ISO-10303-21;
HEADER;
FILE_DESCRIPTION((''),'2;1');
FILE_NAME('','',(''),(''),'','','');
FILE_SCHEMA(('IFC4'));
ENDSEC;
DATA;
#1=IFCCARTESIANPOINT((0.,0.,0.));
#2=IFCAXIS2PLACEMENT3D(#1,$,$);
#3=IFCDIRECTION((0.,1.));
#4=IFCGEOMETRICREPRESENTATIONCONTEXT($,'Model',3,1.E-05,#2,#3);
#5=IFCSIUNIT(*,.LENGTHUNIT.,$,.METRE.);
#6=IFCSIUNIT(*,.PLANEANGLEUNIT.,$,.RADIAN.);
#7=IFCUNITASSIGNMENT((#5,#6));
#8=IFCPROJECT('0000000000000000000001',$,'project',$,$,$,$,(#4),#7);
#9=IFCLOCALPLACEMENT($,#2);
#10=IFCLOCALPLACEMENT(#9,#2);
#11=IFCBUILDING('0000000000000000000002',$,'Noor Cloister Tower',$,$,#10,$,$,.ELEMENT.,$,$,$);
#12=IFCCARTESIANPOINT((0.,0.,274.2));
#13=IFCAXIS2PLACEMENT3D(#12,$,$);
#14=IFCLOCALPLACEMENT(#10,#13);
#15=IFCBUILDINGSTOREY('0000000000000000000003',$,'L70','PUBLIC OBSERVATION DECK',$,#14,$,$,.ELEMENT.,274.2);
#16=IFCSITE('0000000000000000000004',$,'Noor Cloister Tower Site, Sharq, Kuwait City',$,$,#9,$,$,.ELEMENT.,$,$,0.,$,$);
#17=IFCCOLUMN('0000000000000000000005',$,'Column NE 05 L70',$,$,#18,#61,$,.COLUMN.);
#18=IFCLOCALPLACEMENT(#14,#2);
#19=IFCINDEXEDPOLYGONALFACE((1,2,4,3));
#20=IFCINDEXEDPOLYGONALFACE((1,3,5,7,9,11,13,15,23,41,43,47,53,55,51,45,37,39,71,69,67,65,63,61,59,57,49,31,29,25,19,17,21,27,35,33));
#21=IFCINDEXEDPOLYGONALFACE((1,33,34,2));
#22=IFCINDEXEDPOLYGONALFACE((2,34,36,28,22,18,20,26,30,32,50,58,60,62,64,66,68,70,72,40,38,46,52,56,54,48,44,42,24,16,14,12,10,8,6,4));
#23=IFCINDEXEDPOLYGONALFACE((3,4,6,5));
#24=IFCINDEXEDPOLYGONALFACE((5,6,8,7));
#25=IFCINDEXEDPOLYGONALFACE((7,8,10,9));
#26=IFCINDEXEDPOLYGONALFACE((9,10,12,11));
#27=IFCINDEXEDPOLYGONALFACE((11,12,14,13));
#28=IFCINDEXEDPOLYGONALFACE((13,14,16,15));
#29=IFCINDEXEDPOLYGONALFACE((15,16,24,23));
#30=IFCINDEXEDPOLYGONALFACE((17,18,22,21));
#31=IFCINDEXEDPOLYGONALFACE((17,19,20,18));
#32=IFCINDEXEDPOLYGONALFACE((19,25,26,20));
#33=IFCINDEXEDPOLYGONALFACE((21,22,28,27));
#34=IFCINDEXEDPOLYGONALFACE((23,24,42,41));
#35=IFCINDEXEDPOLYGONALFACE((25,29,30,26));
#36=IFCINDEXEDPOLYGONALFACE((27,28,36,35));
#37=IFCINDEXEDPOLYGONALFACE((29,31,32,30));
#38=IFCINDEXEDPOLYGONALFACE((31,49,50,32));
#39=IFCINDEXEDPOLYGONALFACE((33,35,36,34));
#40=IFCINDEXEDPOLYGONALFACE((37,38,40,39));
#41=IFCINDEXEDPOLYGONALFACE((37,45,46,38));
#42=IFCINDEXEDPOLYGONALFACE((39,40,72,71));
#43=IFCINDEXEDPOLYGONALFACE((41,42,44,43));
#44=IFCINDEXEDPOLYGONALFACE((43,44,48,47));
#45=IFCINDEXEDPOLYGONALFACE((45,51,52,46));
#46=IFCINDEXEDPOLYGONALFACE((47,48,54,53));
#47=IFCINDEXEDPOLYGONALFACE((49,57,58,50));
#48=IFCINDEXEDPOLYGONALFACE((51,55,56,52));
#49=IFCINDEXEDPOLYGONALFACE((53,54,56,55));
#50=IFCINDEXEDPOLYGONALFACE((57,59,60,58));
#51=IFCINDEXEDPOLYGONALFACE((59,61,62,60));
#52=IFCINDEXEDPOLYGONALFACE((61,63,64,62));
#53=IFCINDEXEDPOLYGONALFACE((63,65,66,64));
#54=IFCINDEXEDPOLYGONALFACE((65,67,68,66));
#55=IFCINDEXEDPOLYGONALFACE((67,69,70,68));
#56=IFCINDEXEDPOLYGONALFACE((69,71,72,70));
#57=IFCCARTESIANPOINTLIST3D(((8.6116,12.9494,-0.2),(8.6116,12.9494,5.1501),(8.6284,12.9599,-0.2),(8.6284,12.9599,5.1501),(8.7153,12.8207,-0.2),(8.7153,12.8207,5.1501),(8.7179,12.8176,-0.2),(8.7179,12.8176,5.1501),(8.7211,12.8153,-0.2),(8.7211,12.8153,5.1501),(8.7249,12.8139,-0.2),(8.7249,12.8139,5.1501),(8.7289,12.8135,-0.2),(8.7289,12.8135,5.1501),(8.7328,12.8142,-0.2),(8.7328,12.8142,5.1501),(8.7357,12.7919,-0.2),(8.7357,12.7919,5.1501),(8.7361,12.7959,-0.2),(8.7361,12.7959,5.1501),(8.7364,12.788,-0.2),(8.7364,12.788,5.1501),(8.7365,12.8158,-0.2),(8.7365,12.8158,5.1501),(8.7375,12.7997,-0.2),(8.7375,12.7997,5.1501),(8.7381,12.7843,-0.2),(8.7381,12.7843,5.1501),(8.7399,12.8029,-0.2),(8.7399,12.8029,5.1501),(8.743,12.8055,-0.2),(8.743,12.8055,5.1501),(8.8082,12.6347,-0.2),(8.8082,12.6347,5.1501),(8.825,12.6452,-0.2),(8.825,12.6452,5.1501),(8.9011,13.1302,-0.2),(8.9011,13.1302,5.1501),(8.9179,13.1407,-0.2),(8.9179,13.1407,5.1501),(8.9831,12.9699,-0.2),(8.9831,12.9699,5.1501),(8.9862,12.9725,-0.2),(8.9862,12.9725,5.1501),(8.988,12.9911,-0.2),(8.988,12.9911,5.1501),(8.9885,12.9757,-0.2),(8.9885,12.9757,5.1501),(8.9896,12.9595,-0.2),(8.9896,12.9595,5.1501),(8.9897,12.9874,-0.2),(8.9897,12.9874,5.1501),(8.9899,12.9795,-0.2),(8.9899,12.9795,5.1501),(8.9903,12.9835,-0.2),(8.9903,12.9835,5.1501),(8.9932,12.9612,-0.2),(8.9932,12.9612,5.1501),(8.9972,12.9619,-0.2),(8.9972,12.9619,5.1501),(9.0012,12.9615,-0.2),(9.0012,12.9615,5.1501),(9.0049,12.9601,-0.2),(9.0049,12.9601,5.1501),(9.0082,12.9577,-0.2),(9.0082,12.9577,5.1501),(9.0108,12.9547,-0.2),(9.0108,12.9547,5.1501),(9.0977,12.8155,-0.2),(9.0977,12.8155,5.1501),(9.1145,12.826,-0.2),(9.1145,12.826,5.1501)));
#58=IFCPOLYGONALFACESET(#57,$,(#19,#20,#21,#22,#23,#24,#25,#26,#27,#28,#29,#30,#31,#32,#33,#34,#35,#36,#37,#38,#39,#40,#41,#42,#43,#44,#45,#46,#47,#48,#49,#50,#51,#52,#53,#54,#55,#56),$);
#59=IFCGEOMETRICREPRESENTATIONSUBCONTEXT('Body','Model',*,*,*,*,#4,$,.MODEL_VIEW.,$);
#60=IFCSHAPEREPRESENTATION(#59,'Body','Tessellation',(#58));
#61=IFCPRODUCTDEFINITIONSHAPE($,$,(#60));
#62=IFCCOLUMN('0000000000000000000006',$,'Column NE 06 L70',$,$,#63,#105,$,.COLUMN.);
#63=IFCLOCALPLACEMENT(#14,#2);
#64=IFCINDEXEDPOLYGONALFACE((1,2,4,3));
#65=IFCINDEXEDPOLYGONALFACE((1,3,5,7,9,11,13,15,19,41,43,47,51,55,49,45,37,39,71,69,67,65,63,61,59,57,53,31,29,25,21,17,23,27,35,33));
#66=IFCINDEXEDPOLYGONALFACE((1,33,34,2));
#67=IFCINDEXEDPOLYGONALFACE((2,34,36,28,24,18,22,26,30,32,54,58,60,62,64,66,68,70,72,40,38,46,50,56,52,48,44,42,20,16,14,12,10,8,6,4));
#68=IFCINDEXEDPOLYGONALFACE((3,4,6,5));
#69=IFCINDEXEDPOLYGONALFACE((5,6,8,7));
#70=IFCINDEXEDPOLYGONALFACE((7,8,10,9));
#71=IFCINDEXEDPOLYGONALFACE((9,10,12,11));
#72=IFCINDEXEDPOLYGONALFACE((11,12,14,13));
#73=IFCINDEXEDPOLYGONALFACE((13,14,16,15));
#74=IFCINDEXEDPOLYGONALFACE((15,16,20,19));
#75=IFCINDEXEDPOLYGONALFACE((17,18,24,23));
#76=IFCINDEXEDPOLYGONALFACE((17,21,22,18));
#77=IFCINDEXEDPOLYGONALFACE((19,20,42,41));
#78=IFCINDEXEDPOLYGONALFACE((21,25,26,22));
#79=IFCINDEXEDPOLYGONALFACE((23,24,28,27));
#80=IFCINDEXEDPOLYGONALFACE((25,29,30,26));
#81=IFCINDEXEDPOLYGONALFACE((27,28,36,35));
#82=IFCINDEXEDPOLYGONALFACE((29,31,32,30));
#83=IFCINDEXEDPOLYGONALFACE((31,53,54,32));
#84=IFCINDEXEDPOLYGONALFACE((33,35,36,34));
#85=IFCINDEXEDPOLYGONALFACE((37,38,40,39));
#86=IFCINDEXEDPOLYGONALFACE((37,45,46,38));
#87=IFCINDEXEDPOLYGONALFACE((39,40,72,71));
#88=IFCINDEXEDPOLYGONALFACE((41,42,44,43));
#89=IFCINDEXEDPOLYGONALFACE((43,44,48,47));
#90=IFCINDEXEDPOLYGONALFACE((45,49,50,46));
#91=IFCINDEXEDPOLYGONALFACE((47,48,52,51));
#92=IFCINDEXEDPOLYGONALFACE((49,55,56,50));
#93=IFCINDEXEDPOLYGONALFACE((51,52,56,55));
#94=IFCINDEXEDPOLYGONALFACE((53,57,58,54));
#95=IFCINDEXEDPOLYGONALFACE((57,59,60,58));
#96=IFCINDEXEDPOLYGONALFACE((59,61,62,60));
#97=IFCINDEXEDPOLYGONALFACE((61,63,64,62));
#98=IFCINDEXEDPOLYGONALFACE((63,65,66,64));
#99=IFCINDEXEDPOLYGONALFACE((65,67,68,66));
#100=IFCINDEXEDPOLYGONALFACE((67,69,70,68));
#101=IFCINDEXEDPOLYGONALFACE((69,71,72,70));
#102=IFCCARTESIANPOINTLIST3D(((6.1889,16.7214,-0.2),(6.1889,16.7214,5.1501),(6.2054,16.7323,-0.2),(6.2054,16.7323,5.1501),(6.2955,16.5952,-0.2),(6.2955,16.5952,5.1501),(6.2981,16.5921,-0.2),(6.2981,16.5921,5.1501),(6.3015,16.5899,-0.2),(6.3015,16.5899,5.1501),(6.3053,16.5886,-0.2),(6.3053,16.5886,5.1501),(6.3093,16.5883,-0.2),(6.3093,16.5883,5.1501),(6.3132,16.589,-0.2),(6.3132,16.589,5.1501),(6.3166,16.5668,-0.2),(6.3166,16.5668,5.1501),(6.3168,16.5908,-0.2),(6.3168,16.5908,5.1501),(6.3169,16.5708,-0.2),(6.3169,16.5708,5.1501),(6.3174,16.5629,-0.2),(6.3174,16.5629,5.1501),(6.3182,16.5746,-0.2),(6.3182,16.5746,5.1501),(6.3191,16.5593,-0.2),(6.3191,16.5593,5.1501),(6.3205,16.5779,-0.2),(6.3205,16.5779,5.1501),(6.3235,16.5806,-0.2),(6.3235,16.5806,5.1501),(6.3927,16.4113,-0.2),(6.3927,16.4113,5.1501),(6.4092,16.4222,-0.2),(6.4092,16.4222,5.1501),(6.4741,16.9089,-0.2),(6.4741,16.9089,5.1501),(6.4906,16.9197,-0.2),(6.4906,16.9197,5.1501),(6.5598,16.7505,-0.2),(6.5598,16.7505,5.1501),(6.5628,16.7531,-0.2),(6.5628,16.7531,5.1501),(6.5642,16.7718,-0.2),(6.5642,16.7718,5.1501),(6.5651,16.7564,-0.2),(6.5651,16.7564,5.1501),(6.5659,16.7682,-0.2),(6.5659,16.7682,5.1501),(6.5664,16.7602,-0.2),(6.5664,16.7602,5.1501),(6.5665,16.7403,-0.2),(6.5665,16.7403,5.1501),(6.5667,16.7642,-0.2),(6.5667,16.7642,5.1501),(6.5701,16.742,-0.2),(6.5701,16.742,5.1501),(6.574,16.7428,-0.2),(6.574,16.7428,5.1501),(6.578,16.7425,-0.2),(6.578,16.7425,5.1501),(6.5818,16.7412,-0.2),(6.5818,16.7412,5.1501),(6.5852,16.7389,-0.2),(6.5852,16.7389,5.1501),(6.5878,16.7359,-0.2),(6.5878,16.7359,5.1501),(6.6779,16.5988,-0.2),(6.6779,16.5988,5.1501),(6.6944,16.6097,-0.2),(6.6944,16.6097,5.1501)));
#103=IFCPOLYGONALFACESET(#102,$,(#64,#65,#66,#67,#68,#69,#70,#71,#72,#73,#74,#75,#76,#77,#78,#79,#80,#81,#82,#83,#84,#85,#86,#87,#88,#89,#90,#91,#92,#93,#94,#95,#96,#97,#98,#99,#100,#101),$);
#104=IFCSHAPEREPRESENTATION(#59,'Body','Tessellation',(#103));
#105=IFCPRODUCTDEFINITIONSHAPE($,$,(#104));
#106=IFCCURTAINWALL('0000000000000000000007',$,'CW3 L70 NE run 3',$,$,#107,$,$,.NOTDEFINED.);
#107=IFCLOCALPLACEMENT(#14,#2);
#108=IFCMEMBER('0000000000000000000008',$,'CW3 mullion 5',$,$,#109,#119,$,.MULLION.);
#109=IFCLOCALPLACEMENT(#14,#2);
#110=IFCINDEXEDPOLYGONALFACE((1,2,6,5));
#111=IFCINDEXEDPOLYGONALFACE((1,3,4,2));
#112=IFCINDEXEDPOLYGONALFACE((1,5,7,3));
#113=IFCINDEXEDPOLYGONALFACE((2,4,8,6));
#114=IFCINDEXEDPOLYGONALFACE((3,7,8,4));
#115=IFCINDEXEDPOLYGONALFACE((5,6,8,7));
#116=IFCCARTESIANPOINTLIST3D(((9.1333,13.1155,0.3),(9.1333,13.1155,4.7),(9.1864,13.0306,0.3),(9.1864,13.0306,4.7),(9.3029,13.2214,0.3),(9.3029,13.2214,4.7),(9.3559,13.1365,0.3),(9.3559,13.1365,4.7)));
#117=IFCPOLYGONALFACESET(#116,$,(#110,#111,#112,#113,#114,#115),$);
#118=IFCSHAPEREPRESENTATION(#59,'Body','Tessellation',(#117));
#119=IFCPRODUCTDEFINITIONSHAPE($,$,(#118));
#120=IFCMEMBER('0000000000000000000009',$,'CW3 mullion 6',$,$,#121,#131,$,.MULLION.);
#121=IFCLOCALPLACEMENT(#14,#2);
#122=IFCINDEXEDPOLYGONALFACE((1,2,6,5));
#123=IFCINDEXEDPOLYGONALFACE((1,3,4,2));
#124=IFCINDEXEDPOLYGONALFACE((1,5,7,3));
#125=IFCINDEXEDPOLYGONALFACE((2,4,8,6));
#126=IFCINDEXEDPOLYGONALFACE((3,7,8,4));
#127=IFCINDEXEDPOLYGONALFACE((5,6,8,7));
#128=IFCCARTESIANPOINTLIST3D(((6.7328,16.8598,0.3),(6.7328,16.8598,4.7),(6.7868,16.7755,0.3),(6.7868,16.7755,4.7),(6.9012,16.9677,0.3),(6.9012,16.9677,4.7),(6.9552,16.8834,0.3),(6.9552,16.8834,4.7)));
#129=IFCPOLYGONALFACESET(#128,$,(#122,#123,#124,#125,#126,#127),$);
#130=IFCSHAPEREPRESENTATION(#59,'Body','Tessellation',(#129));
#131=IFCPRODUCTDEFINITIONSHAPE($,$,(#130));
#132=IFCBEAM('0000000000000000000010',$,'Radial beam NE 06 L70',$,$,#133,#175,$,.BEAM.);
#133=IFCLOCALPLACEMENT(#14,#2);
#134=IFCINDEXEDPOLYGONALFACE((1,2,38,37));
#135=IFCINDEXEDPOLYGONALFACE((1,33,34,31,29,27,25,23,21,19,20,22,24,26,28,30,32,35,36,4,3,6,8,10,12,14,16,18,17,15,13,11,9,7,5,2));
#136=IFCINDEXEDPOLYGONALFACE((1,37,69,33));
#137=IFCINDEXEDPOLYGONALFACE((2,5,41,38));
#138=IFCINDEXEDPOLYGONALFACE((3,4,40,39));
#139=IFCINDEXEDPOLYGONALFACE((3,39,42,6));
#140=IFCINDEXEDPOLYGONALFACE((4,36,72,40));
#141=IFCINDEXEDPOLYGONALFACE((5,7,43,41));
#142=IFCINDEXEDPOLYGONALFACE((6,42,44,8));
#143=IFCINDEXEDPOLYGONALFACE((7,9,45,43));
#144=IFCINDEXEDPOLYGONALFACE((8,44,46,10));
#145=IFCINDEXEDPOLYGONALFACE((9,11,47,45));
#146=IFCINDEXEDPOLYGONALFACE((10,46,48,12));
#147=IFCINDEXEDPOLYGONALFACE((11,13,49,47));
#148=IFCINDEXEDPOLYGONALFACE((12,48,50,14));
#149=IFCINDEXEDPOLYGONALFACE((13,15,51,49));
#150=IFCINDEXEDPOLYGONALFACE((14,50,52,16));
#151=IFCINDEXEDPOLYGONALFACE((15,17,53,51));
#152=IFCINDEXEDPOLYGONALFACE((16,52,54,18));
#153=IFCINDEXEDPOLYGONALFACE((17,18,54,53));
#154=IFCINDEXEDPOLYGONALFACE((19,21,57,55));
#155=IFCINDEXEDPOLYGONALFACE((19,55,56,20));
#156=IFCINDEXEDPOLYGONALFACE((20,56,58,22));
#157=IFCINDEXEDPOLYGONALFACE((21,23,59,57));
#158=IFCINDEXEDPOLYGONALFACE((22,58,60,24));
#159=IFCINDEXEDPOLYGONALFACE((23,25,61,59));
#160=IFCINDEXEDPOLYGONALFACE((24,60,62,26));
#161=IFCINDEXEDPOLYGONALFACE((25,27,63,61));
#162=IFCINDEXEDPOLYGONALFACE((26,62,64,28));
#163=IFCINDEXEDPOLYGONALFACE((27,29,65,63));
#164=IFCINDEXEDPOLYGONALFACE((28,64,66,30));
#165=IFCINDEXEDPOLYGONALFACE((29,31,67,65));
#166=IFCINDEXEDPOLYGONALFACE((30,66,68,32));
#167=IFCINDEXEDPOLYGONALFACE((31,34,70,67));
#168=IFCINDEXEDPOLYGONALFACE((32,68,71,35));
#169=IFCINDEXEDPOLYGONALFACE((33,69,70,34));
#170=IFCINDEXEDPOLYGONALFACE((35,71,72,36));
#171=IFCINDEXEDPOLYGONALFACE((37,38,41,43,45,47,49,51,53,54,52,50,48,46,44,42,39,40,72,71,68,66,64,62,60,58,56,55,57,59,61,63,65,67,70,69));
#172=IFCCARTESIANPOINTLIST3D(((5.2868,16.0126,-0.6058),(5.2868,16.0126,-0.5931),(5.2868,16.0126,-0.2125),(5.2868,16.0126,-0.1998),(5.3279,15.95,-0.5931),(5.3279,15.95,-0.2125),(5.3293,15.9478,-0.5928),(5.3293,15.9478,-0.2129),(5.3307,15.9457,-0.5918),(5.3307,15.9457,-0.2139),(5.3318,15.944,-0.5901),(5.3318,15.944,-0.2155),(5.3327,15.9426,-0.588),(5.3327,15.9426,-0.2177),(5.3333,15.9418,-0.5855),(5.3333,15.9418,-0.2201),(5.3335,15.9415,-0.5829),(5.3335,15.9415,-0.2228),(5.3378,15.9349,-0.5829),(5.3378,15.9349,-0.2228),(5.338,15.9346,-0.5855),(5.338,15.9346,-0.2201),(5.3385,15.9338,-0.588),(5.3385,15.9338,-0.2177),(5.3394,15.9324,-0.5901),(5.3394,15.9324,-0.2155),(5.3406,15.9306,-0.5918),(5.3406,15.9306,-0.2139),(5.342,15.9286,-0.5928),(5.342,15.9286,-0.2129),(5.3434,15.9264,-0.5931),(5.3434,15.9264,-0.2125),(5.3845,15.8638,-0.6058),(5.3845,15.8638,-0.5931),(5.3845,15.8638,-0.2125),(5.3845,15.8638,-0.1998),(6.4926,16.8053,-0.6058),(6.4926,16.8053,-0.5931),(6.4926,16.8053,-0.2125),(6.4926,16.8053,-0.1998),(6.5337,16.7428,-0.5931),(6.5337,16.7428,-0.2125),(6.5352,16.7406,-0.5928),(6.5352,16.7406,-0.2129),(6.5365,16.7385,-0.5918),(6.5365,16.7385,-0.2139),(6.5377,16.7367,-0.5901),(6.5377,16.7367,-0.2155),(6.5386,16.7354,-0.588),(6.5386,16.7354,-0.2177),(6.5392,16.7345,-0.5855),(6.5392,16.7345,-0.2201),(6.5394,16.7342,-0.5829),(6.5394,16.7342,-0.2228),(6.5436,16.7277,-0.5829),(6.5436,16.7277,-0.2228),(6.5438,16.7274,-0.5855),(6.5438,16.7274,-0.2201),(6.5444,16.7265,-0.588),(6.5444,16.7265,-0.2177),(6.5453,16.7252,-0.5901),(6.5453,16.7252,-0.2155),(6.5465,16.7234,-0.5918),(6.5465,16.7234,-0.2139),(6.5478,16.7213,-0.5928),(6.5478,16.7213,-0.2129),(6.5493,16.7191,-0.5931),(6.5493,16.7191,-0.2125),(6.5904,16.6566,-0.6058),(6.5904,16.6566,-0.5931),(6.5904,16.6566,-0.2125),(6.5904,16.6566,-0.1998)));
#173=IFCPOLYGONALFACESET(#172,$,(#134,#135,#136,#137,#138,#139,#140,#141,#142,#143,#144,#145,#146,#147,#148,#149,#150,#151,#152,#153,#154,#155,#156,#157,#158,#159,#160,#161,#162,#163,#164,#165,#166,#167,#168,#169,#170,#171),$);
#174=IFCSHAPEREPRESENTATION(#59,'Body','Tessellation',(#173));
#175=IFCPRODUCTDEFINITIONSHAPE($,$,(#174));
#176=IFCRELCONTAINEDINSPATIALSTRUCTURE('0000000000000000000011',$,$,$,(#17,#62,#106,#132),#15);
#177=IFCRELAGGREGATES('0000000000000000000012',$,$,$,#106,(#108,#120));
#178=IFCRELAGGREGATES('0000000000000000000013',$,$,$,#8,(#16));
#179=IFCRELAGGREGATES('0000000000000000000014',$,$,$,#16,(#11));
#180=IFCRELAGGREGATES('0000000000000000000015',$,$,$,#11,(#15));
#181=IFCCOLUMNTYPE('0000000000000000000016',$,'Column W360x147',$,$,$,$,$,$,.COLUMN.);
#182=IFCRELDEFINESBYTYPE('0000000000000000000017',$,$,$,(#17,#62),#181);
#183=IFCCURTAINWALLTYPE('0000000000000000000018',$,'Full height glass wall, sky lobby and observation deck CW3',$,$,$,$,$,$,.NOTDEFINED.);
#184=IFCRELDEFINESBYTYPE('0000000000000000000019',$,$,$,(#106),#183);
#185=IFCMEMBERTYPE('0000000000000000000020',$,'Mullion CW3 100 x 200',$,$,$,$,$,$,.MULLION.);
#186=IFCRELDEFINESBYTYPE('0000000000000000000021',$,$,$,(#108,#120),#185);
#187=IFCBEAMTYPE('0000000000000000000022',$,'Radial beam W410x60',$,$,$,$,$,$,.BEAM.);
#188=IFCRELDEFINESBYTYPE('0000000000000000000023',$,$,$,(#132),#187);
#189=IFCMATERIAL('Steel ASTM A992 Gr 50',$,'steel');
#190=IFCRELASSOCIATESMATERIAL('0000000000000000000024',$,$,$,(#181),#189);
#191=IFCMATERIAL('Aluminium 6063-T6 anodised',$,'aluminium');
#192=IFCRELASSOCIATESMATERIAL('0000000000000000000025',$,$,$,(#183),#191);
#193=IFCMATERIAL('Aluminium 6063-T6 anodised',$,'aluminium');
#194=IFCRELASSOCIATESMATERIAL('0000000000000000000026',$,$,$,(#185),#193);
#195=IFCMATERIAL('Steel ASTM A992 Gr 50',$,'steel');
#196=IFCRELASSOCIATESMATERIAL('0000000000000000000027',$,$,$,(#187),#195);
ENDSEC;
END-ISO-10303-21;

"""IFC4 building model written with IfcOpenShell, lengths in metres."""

from ifc_helpers import new_model, si_unit, direction, frame, origin, origin_2d, place, context, subcontext, project, spatial, rectangle, i_section, extrude, material, material_profile, profile_set, type_object, element, aggregate, save


model = new_model("IFC4")

# Units and contexts
model_context = context("Model", 3, precision=1e-05, world=origin(), true_north=direction((0.0, 1.0)))
body_context = subcontext(model_context, "Body", "Model", "MODEL_VIEW")
ifc_project = project(units=[si_unit("LENGTHUNIT", "METRE"), si_unit("PLANEANGLEUNIT", "RADIAN")], contexts=[model_context])

# Site, building, storey
site_placement = place(None, origin())
site = spatial("IfcSite", under=ifc_project, at=site_placement, Name="Noor Cloister Tower Site, Sharq, Kuwait City", CompositionType="ELEMENT", RefElevation=0.0)
building_placement = place(site_placement, origin())
building = spatial("IfcBuilding", under=site, at=building_placement, Name="Noor Cloister Tower", CompositionType="ELEMENT")
storey_placement = place(building_placement, frame((0.0, 0.0, 274.2)))
storey = spatial("IfcBuildingStorey", under=building, at=storey_placement, Name="L70", Description="PUBLIC OBSERVATION DECK", CompositionType="ELEMENT", Elevation=274.2)

# Columns
ifc_material_1 = material(Name="Steel ASTM A992 Gr 50", Category="steel")
ifc_material_profile_1 = material_profile(ifc_material_1, i_section(OverallWidth=0.3711, OverallDepth=0.3611, WebThickness=0.0122, FlangeThickness=0.0198, FilletRadius=0.0154, at=origin_2d()), Name="W360x147")
ifc_profile_set_1 = profile_set([ifc_material_profile_1], Name="Steel ASTM A992 Gr 50")
column_type = type_object("IfcColumnType", Name="Column W360x147", PredefinedType="COLUMN", material=ifc_profile_set_1)
for number, where, z_axis, x_axis, name in (
    (1, (8.863, 12.8877, -0.2), (0.0, 0.0, 1.0), (-0.529819, 0.848111, 0.0), "Column NE 05 L70"),
    (2, (6.4417, 16.6655, -0.2), (0.0, 0.0, 1.0), (-0.549345, 0.835596, 0.0), "Column NE 06 L70"),
):
    element("IfcColumn", number, at=place(storey_placement, frame(where, z_axis=z_axis, x_axis=x_axis)), inside=storey, type_object=column_type, Name=name, PredefinedType="COLUMN", context=body_context, shape_type="SweptSolid", body=[
        extrude(i_section(OverallWidth=0.3711, OverallDepth=0.3611, WebThickness=0.0122, FlangeThickness=0.0198, FilletRadius=0.0154, at=origin_2d()), origin(), (0.0, 0.0, 1.0), 5.3501),
    ])

# Curtain wall, members
ifc_material_2 = material(Name="Aluminium 6063-T6 anodised", Category="aluminium")
curtain_wall_type = type_object("IfcCurtainWallType", Name="Full height glass wall, sky lobby and observation deck CW3", PredefinedType="NOTDEFINED", material=ifc_material_2)
curtain_wall_placement = place(storey_placement, origin())
curtain_wall = element("IfcCurtainWall", 3, at=curtain_wall_placement, inside=storey, type_object=curtain_wall_type, Name="CW3 L70 NE run 3", PredefinedType="NOTDEFINED")
ifc_material_3 = material(Name="Aluminium 6063-T6 anodised", Category="aluminium")
ifc_material_profile_2 = material_profile(ifc_material_3, rectangle(XDim=0.2, YDim=0.1001, at=origin_2d()), Name="200 x 100 mullion")
ifc_profile_set_2 = profile_set([ifc_material_profile_2], Name="Aluminium 6063-T6 anodised")
member_type = type_object("IfcMemberType", Name="Mullion CW3 100 x 200", PredefinedType="MULLION", material=ifc_profile_set_2)
member_1_placement = place(storey_placement, frame((9.2446, 13.126, 0.3), z_axis=(0.0, 0.0, 1.0), x_axis=(-0.848111, -0.529819, 0.0)))
member_1 = element("IfcMember", 4, at=member_1_placement, type_object=member_type, Name="CW3 mullion 5", PredefinedType="MULLION", context=body_context, shape_type="SweptSolid", body=[
    extrude(rectangle(XDim=0.2, YDim=0.1001, at=origin_2d()), origin(), (0.0, 0.0, 1.0), 4.3999),
])
member_2_placement = place(storey_placement, frame((6.844, 16.8716, 0.3), z_axis=(0.0, 0.0, 1.0), x_axis=(-0.84191, -0.539618, 0.0)))
member_2 = element("IfcMember", 5, at=member_2_placement, type_object=member_type, Name="CW3 mullion 6", PredefinedType="MULLION", context=body_context, shape_type="SweptSolid", body=[
    extrude(rectangle(XDim=0.2, YDim=0.1001, at=origin_2d()), origin(), (0.0, 0.0, 1.0), 4.3999),
])

# Beam
ifc_material_4 = material(Name="Steel ASTM A992 Gr 50", Category="steel")
ifc_material_profile_3 = material_profile(ifc_material_4, i_section(OverallWidth=0.178, OverallDepth=0.406, WebThickness=0.0078, FlangeThickness=0.0127, FilletRadius=0.0103, at=origin_2d()), Name="W410x60")
ifc_profile_set_3 = profile_set([ifc_material_profile_3], Name="Steel ASTM A992 Gr 50")
beam_type_1 = type_object("IfcBeamType", Name="Radial beam W410x60", PredefinedType="BEAM", material=ifc_profile_set_3)
beam_1_placement = place(storey_placement, frame((6.5415, 16.731, -0.4028), z_axis=(-0.835599, -0.54934, 0.0), x_axis=(0.54934, -0.835599, 0.0)))
element("IfcBeam", 6, at=beam_1_placement, inside=storey, type_object=beam_type_1, Name="Radial beam NE 06 L70", PredefinedType="BEAM", context=body_context, shape_type="SweptSolid", body=[
    extrude(i_section(OverallWidth=0.178, OverallDepth=0.406, WebThickness=0.0078, FlangeThickness=0.0127, FilletRadius=0.0103, at=origin_2d()), origin(), (0.0, 0.0, 1.0), 1.4431),
])

aggregate(curtain_wall, [member_1, member_2])

save(model, "model.ifc")
